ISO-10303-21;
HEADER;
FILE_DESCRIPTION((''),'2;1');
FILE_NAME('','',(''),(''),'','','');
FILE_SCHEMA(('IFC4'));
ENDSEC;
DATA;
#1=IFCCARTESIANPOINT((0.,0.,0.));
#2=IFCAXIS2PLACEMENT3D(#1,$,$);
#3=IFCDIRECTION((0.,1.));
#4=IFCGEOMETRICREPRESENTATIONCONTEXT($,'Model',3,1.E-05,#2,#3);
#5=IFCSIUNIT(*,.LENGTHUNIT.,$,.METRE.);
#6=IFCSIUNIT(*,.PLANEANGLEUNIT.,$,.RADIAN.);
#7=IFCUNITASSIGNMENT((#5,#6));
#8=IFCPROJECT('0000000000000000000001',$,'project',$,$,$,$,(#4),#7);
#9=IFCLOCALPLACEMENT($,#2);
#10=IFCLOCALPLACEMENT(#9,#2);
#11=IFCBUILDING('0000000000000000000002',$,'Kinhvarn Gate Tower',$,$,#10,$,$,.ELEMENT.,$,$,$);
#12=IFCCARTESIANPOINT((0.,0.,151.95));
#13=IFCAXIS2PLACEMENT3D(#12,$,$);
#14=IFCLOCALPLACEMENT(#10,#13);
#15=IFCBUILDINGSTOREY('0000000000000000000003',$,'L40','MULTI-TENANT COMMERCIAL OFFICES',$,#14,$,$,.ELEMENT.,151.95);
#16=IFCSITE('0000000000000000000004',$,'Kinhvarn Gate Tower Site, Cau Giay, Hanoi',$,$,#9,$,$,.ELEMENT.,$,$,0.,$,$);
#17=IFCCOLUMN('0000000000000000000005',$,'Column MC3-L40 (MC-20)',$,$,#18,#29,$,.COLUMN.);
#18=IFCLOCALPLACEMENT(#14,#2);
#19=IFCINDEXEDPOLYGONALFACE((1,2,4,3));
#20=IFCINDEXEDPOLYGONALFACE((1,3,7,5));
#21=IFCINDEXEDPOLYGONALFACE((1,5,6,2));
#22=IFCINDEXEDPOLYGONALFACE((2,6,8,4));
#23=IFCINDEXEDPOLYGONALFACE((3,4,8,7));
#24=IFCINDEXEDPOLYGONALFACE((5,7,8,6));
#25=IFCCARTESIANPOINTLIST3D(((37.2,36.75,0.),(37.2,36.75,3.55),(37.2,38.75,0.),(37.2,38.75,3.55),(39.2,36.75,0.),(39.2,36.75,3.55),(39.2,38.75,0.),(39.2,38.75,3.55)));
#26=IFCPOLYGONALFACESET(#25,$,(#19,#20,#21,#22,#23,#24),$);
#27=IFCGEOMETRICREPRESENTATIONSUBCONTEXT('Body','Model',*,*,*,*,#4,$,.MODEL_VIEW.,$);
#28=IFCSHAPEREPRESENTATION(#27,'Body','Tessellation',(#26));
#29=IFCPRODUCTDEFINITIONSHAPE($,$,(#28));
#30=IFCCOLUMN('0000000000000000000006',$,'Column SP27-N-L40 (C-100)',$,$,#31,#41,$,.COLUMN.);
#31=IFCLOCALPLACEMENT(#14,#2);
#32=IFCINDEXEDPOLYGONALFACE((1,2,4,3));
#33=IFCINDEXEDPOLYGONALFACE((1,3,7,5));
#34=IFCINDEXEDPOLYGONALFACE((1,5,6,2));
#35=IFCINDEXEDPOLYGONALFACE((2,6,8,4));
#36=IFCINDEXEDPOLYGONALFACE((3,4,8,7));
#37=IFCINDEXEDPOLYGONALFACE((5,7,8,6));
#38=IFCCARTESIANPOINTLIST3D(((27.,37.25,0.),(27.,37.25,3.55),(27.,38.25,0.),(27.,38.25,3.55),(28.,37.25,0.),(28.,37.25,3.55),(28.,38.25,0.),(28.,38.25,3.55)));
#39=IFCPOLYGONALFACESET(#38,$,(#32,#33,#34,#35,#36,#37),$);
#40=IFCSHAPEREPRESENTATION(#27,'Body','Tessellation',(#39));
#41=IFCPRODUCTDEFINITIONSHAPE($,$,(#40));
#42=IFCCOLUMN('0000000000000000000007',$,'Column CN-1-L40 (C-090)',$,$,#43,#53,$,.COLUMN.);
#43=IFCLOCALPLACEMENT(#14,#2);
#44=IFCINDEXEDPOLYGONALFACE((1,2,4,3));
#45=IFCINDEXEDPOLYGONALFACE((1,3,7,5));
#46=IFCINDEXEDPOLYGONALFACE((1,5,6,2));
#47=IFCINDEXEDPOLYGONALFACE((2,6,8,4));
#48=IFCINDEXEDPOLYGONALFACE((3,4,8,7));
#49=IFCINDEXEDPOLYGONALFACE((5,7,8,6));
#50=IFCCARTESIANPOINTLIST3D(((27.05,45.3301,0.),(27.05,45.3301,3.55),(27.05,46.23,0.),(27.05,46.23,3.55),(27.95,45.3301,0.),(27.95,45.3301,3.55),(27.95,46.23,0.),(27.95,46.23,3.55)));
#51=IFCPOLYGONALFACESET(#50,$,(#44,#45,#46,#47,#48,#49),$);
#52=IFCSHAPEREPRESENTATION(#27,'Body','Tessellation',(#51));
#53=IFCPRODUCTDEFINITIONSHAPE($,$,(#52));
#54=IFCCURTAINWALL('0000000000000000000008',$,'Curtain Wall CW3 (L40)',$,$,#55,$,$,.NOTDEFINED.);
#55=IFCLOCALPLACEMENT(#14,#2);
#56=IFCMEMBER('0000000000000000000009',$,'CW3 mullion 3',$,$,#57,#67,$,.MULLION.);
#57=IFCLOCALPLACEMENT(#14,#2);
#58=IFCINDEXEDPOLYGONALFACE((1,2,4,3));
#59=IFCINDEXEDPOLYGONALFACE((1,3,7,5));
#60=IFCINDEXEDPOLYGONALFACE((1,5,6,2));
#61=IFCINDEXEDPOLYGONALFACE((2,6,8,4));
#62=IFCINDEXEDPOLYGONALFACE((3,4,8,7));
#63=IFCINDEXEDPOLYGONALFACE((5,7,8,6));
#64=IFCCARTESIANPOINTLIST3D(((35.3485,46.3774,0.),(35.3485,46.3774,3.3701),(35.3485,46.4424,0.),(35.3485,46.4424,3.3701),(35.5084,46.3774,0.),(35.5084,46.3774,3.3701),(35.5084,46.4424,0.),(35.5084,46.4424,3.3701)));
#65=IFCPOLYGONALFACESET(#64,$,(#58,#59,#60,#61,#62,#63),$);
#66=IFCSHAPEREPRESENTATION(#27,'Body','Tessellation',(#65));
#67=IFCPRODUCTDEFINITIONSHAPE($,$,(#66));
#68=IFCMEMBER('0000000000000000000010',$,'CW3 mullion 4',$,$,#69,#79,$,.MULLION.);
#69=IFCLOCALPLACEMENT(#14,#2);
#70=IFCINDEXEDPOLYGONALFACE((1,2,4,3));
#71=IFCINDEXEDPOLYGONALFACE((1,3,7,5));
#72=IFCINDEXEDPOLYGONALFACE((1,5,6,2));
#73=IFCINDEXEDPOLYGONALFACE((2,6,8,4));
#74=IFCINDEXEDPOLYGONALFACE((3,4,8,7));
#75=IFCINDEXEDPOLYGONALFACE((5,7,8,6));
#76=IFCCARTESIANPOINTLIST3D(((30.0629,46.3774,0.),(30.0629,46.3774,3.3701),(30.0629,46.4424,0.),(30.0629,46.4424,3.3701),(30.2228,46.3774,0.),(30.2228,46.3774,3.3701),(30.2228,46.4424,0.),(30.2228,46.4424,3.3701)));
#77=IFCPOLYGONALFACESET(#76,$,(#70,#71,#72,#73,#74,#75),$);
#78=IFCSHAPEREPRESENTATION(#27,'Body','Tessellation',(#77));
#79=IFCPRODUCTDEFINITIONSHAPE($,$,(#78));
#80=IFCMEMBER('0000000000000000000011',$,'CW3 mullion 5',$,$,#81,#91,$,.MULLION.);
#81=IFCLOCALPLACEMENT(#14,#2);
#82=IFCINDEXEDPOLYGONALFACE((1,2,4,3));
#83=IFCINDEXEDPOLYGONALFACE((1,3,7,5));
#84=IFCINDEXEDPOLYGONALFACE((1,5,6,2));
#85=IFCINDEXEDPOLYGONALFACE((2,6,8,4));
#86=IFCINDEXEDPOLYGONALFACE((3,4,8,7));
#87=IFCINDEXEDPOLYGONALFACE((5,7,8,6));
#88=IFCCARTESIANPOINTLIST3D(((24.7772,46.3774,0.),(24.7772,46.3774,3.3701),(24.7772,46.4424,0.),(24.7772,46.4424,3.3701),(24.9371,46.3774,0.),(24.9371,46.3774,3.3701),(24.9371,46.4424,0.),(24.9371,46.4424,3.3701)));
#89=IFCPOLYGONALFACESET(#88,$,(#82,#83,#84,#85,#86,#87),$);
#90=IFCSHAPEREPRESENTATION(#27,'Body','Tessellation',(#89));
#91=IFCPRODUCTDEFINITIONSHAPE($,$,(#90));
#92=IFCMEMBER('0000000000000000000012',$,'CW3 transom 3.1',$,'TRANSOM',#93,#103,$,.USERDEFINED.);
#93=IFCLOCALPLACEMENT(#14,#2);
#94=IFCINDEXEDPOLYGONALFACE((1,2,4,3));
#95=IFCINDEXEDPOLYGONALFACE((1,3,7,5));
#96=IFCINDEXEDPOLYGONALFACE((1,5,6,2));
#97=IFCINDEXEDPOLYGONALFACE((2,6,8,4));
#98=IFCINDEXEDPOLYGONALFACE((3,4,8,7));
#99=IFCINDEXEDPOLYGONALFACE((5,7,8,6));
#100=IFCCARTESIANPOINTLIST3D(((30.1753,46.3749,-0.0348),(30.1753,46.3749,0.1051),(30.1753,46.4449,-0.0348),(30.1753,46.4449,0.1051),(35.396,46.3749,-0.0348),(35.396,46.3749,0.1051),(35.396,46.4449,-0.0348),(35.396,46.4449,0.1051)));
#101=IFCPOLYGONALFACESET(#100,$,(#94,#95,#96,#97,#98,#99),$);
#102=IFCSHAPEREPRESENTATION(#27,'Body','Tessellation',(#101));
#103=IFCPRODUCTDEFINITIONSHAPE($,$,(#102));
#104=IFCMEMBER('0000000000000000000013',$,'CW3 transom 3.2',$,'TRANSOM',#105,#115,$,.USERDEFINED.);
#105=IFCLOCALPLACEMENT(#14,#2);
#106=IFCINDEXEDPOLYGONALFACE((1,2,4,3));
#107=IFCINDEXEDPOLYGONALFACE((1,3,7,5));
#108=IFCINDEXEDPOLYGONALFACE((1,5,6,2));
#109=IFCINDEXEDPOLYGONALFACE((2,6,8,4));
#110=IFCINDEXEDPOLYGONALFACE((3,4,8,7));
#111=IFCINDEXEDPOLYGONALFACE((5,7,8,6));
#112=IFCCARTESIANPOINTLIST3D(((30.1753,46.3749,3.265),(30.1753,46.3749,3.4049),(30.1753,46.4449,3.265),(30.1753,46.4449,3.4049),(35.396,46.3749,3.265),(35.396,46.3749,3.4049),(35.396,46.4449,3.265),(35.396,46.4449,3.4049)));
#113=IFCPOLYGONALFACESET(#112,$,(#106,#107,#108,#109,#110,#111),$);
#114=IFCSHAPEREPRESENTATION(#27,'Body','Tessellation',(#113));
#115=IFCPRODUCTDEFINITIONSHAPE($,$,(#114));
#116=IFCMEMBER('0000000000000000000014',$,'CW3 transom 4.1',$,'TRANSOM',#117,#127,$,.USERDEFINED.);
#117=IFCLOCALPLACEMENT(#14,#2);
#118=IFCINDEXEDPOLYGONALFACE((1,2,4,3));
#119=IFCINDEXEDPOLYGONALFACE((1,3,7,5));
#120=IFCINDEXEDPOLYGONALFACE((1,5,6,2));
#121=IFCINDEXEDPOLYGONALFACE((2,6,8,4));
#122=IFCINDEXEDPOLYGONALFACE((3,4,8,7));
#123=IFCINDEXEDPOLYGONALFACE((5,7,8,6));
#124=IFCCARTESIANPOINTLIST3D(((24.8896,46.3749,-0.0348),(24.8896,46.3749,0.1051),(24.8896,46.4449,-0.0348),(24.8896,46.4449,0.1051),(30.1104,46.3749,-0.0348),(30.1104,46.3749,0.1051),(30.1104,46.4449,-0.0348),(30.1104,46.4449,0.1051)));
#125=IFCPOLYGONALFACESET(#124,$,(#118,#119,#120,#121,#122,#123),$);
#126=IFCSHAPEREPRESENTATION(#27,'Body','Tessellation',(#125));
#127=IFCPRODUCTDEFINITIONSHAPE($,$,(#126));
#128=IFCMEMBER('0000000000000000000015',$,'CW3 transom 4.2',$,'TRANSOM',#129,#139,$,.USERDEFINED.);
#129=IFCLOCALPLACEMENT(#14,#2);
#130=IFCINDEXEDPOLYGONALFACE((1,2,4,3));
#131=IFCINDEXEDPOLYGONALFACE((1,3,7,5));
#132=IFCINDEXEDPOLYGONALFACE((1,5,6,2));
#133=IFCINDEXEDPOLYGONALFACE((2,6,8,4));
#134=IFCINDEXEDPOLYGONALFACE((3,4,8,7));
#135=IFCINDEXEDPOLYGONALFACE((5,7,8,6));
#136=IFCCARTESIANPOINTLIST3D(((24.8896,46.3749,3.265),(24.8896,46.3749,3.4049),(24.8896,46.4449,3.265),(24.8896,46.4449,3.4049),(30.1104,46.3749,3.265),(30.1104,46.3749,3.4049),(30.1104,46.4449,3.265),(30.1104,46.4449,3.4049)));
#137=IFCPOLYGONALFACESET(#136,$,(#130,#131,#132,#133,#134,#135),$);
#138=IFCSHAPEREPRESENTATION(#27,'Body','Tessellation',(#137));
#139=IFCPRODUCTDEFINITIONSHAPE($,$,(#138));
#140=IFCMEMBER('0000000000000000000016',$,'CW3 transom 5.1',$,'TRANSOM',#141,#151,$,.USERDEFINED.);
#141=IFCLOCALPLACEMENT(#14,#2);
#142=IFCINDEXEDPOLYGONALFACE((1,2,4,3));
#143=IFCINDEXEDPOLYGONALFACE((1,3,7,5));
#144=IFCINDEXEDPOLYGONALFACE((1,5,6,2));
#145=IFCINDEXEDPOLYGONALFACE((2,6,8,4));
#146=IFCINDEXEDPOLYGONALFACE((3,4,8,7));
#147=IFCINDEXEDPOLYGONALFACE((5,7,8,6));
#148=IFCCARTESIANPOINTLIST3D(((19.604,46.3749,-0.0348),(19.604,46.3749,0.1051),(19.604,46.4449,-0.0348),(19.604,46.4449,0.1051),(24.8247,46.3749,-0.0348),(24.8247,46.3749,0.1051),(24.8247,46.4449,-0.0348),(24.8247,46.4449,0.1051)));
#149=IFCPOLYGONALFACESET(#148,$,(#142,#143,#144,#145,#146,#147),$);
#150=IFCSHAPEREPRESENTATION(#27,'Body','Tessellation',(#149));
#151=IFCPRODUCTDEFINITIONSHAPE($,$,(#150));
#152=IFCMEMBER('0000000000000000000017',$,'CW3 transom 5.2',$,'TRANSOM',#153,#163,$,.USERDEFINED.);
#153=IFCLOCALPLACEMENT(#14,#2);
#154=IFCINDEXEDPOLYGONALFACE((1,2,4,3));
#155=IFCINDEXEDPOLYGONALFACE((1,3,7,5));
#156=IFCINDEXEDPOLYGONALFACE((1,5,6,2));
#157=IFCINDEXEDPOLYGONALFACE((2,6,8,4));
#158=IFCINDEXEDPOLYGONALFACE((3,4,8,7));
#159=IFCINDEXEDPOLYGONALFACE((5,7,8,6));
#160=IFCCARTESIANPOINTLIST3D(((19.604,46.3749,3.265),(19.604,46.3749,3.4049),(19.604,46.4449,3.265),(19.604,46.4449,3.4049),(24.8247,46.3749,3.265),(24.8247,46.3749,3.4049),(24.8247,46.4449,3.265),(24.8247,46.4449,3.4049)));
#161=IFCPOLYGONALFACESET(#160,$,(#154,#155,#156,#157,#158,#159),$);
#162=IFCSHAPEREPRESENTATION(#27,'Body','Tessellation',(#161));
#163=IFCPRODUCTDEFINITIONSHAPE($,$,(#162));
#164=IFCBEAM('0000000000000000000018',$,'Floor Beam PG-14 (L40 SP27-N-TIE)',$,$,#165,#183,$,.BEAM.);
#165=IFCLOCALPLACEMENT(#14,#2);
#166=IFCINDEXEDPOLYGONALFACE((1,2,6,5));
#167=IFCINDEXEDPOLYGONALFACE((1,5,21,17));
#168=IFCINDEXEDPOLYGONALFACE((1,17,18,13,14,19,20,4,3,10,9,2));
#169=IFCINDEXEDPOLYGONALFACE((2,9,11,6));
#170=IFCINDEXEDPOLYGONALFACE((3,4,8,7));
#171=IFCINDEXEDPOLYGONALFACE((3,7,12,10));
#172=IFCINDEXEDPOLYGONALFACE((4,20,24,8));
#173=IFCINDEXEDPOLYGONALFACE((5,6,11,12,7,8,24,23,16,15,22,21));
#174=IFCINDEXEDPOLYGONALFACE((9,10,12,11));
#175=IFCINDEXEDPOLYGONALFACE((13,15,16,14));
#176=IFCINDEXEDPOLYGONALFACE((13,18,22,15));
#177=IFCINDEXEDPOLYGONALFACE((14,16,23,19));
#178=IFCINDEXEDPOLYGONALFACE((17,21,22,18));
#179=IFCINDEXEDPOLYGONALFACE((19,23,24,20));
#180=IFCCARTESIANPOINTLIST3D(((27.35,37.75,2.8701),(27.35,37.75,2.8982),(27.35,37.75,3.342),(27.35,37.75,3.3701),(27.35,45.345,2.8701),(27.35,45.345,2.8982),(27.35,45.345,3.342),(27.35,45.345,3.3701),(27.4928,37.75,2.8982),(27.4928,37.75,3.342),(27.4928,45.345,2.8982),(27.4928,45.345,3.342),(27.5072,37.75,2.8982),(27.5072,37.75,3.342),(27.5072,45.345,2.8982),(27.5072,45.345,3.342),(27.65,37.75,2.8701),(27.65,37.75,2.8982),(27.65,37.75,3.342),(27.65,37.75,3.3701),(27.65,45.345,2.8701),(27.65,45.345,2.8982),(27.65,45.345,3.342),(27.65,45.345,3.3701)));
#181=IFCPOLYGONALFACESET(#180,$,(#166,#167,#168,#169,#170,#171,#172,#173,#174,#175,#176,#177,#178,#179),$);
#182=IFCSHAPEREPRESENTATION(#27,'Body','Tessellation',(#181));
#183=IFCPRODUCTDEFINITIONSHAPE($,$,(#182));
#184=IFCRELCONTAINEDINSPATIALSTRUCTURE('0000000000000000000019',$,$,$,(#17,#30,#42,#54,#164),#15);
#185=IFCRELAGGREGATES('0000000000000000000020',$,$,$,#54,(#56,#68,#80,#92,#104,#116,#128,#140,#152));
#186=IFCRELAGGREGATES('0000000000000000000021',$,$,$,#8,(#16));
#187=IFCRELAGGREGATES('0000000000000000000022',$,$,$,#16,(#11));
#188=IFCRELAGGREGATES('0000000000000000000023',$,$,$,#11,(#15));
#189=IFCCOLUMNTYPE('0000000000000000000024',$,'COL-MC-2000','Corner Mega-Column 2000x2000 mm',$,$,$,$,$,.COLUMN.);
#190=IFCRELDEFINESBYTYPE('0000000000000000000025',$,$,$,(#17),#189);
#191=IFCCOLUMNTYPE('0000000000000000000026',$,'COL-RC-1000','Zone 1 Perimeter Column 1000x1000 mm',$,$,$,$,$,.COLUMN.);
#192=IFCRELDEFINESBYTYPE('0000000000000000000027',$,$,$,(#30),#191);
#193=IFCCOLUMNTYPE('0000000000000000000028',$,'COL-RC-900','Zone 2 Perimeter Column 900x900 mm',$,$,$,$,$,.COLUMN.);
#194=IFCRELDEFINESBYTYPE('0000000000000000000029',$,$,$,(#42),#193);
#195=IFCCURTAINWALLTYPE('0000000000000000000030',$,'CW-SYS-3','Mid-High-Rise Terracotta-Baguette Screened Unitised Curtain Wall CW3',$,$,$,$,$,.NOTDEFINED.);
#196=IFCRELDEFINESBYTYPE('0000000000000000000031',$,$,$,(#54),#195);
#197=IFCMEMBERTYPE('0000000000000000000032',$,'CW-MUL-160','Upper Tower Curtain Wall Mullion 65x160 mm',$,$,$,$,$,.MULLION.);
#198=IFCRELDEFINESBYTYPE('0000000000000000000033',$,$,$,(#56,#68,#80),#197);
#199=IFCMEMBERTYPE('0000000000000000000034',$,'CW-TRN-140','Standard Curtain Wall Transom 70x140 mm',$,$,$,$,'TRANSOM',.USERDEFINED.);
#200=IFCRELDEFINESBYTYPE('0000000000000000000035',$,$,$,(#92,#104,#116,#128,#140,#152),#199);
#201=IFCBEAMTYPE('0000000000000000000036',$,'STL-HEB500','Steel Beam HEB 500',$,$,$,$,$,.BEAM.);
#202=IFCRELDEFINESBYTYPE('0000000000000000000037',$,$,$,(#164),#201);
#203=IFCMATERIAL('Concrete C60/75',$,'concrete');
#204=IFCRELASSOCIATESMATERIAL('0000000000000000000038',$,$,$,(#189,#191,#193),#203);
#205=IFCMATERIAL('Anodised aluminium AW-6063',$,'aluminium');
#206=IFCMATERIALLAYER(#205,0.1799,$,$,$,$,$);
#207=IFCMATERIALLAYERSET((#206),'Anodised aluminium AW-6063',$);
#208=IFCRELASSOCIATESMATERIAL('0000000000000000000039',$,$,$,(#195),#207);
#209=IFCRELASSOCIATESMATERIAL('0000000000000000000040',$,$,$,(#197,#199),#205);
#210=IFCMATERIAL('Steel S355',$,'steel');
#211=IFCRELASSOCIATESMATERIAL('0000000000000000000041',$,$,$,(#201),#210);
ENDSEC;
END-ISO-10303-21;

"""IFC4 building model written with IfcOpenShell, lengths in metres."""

from ifc_helpers import new_model, si_unit, direction, frame, origin, origin_2d, place, context, subcontext, project, spatial, rectangle, i_section, extrude, material, layer, layer_set, material_profile, profile_set, type_object, element, aggregate, save


model = new_model("IFC4")

# Units and contexts
model_context = context("Model", 3, precision=1e-05, world=origin(), true_north=direction((0.0, 1.0)))
body_context = subcontext(model_context, "Body", "Model", "MODEL_VIEW")
ifc_project = project(units=[si_unit("LENGTHUNIT", "METRE"), si_unit("PLANEANGLEUNIT", "RADIAN")], contexts=[model_context])

# Site, building, storey
site_placement = place(None, origin())
site = spatial("IfcSite", under=ifc_project, at=site_placement, Name="Kinhvarn Gate Tower Site, Cau Giay, Hanoi", CompositionType="ELEMENT", RefElevation=0.0)
building_placement = place(site_placement, origin())
building = spatial("IfcBuilding", under=site, at=building_placement, Name="Kinhvarn Gate Tower", CompositionType="ELEMENT")
storey_placement = place(building_placement, frame((0.0, 0.0, 151.95)))
storey = spatial("IfcBuildingStorey", under=building, at=storey_placement, Name="L40", Description="MULTI-TENANT COMMERCIAL OFFICES", CompositionType="ELEMENT", Elevation=151.95)

# Columns
ifc_material_1 = material(Name="Concrete C60/75", Category="concrete")
ifc_material_profile_1 = material_profile(ifc_material_1, rectangle(XDim=2.0, YDim=2.0, at=origin_2d()), Name="RC 2000x2000")
ifc_profile_set_1 = profile_set([ifc_material_profile_1], Name="Concrete C60/75")
column_type_1 = type_object("IfcColumnType", Name="COL-MC-2000", Description="Corner Mega-Column 2000x2000 mm", PredefinedType="COLUMN", material=ifc_profile_set_1)
column_1_placement = place(storey_placement, frame((38.2, 37.75, 0.0), z_axis=(0.0, 0.0, 1.0), x_axis=(1.0, 0.0, 0.0)))
element("IfcColumn", 1, at=column_1_placement, inside=storey, type_object=column_type_1, Name="Column MC3-L40 (MC-20)", PredefinedType="COLUMN", context=body_context, shape_type="SweptSolid", body=[
    extrude(rectangle(XDim=2.0, YDim=2.0, at=origin_2d()), origin(), (0.0, 0.0, 1.0), 3.55),
])
ifc_material_profile_2 = material_profile(ifc_material_1, rectangle(XDim=1.0, YDim=1.0, at=origin_2d()), Name="RC 1000x1000")
ifc_profile_set_2 = profile_set([ifc_material_profile_2], Name="Concrete C60/75")
column_type_2 = type_object("IfcColumnType", Name="COL-RC-1000", Description="Zone 1 Perimeter Column 1000x1000 mm", PredefinedType="COLUMN", material=ifc_profile_set_2)
column_2_placement = place(storey_placement, frame((27.5, 37.75, 0.0), z_axis=(0.0, 0.0, 1.0), x_axis=(1.0, 0.0, 0.0)))
element("IfcColumn", 2, at=column_2_placement, inside=storey, type_object=column_type_2, Name="Column SP27-N-L40 (C-100)", PredefinedType="COLUMN", context=body_context, shape_type="SweptSolid", body=[
    extrude(rectangle(XDim=1.0, YDim=1.0, at=origin_2d()), origin(), (0.0, 0.0, 1.0), 3.55),
])
ifc_material_profile_3 = material_profile(ifc_material_1, rectangle(XDim=0.8999, YDim=0.8999, at=origin_2d()), Name="RC 900x900")
ifc_profile_set_3 = profile_set([ifc_material_profile_3], Name="Concrete C60/75")
column_type_3 = type_object("IfcColumnType", Name="COL-RC-900", Description="Zone 2 Perimeter Column 900x900 mm", PredefinedType="COLUMN", material=ifc_profile_set_3)
column_3_placement = place(storey_placement, frame((27.5, 45.78, 0.0), z_axis=(0.0, 0.0, 1.0), x_axis=(1.0, 0.0, 0.0)))
element("IfcColumn", 3, at=column_3_placement, inside=storey, type_object=column_type_3, Name="Column CN-1-L40 (C-090)", PredefinedType="COLUMN", context=body_context, shape_type="SweptSolid", body=[
    extrude(rectangle(XDim=0.8999, YDim=0.8999, at=origin_2d()), origin(), (0.0, 0.0, 1.0), 3.55),
])

# Curtain wall, members
ifc_material_2 = material(Name="Anodised aluminium AW-6063", Category="aluminium")
ifc_layer_1 = layer(ifc_material_2, 0.1799)
ifc_layer_set_1 = layer_set([ifc_layer_1], Name="Anodised aluminium AW-6063")
curtain_wall_type = type_object("IfcCurtainWallType", Name="CW-SYS-3", Description="Mid-High-Rise Terracotta-Baguette Screened Unitised Curtain Wall CW3", PredefinedType="NOTDEFINED", material=ifc_layer_set_1)
curtain_wall_placement = place(storey_placement, origin())
curtain_wall = element("IfcCurtainWall", 4, at=curtain_wall_placement, inside=storey, type_object=curtain_wall_type, Name="Curtain Wall CW3 (L40)", PredefinedType="NOTDEFINED")
ifc_material_profile_4 = material_profile(ifc_material_2, rectangle(XDim=0.0649, YDim=0.1599, at=origin_2d()), Name="ALU 65x160")
ifc_profile_set_4 = profile_set([ifc_material_profile_4], Name="Anodised aluminium AW-6063")
member_type_1 = type_object("IfcMemberType", Name="CW-MUL-160", Description="Upper Tower Curtain Wall Mullion 65x160 mm", PredefinedType="MULLION", material=ifc_profile_set_4)
member_1_placement = place(storey_placement, frame((35.4285, 46.4099, 0.0), z_axis=(0.0, 0.0, 1.0), x_axis=(0.0, -1.0, 0.0)))
member_1 = element("IfcMember", 5, at=member_1_placement, type_object=member_type_1, Name="CW3 mullion 3", PredefinedType="MULLION", context=body_context, shape_type="SweptSolid", body=[
    extrude(rectangle(XDim=0.0649, YDim=0.1599, at=origin_2d()), origin(), (0.0, 0.0, 1.0), 3.3701),
])
member_2_placement = place(storey_placement, frame((30.1428, 46.4099, 0.0), z_axis=(0.0, 0.0, 1.0), x_axis=(0.0, -1.0, 0.0)))
member_2 = element("IfcMember", 6, at=member_2_placement, type_object=member_type_1, Name="CW3 mullion 4", PredefinedType="MULLION", context=body_context, shape_type="SweptSolid", body=[
    extrude(rectangle(XDim=0.0649, YDim=0.1599, at=origin_2d()), origin(), (0.0, 0.0, 1.0), 3.3701),
])
member_3_placement = place(storey_placement, frame((24.8572, 46.4099, 0.0), z_axis=(0.0, 0.0, 1.0), x_axis=(0.0, -1.0, 0.0)))
member_3 = element("IfcMember", 7, at=member_3_placement, type_object=member_type_1, Name="CW3 mullion 5", PredefinedType="MULLION", context=body_context, shape_type="SweptSolid", body=[
    extrude(rectangle(XDim=0.0649, YDim=0.1599, at=origin_2d()), origin(), (0.0, 0.0, 1.0), 3.3701),
])
ifc_material_profile_5 = material_profile(ifc_material_2, rectangle(XDim=0.0701, YDim=0.1399, at=origin_2d()), Name="ALU 70x140")
ifc_profile_set_5 = profile_set([ifc_material_profile_5], Name="Anodised aluminium AW-6063")
member_type_2 = type_object("IfcMemberType", Name="CW-TRN-140", Description="Standard Curtain Wall Transom 70x140 mm", ElementType="TRANSOM", PredefinedType="USERDEFINED", material=ifc_profile_set_5)
member_4_placement = place(storey_placement, frame((35.396, 46.4099, 0.0352), z_axis=(-1.0, 0.0, 0.0), x_axis=(0.0, -1.0, 0.0)))
member_4 = element("IfcMember", 8, at=member_4_placement, type_object=member_type_2, Name="CW3 transom 3.1", ObjectType="TRANSOM", PredefinedType="USERDEFINED", context=body_context, shape_type="SweptSolid", body=[
    extrude(rectangle(XDim=0.0701, YDim=0.1399, at=origin_2d()), origin(), (0.0, 0.0, 1.0), 5.2207),
])
member_5_placement = place(storey_placement, frame((35.396, 46.4099, 3.335), z_axis=(-1.0, 0.0, 0.0), x_axis=(0.0, -1.0, 0.0)))
member_5 = element("IfcMember", 9, at=member_5_placement, type_object=member_type_2, Name="CW3 transom 3.2", ObjectType="TRANSOM", PredefinedType="USERDEFINED", context=body_context, shape_type="SweptSolid", body=[
    extrude(rectangle(XDim=0.0701, YDim=0.1399, at=origin_2d()), origin(), (0.0, 0.0, 1.0), 5.2207),
])
member_6_placement = place(storey_placement, frame((30.1104, 46.4099, 0.0352), z_axis=(-1.0, 0.0, 0.0), x_axis=(0.0, -1.0, 0.0)))
member_6 = element("IfcMember", 10, at=member_6_placement, type_object=member_type_2, Name="CW3 transom 4.1", ObjectType="TRANSOM", PredefinedType="USERDEFINED", context=body_context, shape_type="SweptSolid", body=[
    extrude(rectangle(XDim=0.0701, YDim=0.1399, at=origin_2d()), origin(), (0.0, 0.0, 1.0), 5.2207),
])
member_7_placement = place(storey_placement, frame((30.1104, 46.4099, 3.335), z_axis=(-1.0, 0.0, 0.0), x_axis=(0.0, -1.0, 0.0)))
member_7 = element("IfcMember", 11, at=member_7_placement, type_object=member_type_2, Name="CW3 transom 4.2", ObjectType="TRANSOM", PredefinedType="USERDEFINED", context=body_context, shape_type="SweptSolid", body=[
    extrude(rectangle(XDim=0.0701, YDim=0.1399, at=origin_2d()), origin(), (0.0, 0.0, 1.0), 5.2207),
])
member_8_placement = place(storey_placement, frame((24.8247, 46.4099, 0.0352), z_axis=(-1.0, 0.0, 0.0), x_axis=(0.0, -1.0, 0.0)))
member_8 = element("IfcMember", 12, at=member_8_placement, type_object=member_type_2, Name="CW3 transom 5.1", ObjectType="TRANSOM", PredefinedType="USERDEFINED", context=body_context, shape_type="SweptSolid", body=[
    extrude(rectangle(XDim=0.0701, YDim=0.1399, at=origin_2d()), origin(), (0.0, 0.0, 1.0), 5.2207),
])
member_9_placement = place(storey_placement, frame((24.8247, 46.4099, 3.335), z_axis=(-1.0, 0.0, 0.0), x_axis=(0.0, -1.0, 0.0)))
member_9 = element("IfcMember", 13, at=member_9_placement, type_object=member_type_2, Name="CW3 transom 5.2", ObjectType="TRANSOM", PredefinedType="USERDEFINED", context=body_context, shape_type="SweptSolid", body=[
    extrude(rectangle(XDim=0.0701, YDim=0.1399, at=origin_2d()), origin(), (0.0, 0.0, 1.0), 5.2207),
])

# Beam
ifc_material_3 = material(Name="Steel S355", Category="steel")
ifc_material_profile_6 = material_profile(ifc_material_3, i_section(OverallWidth=0.3, OverallDepth=0.5, WebThickness=0.0144, FlangeThickness=0.0281, at=origin_2d()), Name="HEB 500")
ifc_profile_set_6 = profile_set([ifc_material_profile_6], Name="Steel S355")
beam_type_1 = type_object("IfcBeamType", Name="STL-HEB500", Description="Steel Beam HEB 500", PredefinedType="BEAM", material=ifc_profile_set_6)
beam_1_placement = place(storey_placement, frame((27.5, 37.75, 3.1201), z_axis=(0.0, 1.0, 0.0), x_axis=(-1.0, 0.0, 0.0)))
element("IfcBeam", 14, at=beam_1_placement, inside=storey, type_object=beam_type_1, Name="Floor Beam PG-14 (L40 SP27-N-TIE)", PredefinedType="BEAM", context=body_context, shape_type="SweptSolid", body=[
    extrude(i_section(OverallWidth=0.3, OverallDepth=0.5, WebThickness=0.0144, FlangeThickness=0.0281, at=origin_2d()), origin(), (0.0, 0.0, 1.0), 7.595),
])

aggregate(curtain_wall, [member_1, member_2, member_3, member_4, member_5, member_6, member_7, member_8, member_9])

save(model, "model.ifc")
